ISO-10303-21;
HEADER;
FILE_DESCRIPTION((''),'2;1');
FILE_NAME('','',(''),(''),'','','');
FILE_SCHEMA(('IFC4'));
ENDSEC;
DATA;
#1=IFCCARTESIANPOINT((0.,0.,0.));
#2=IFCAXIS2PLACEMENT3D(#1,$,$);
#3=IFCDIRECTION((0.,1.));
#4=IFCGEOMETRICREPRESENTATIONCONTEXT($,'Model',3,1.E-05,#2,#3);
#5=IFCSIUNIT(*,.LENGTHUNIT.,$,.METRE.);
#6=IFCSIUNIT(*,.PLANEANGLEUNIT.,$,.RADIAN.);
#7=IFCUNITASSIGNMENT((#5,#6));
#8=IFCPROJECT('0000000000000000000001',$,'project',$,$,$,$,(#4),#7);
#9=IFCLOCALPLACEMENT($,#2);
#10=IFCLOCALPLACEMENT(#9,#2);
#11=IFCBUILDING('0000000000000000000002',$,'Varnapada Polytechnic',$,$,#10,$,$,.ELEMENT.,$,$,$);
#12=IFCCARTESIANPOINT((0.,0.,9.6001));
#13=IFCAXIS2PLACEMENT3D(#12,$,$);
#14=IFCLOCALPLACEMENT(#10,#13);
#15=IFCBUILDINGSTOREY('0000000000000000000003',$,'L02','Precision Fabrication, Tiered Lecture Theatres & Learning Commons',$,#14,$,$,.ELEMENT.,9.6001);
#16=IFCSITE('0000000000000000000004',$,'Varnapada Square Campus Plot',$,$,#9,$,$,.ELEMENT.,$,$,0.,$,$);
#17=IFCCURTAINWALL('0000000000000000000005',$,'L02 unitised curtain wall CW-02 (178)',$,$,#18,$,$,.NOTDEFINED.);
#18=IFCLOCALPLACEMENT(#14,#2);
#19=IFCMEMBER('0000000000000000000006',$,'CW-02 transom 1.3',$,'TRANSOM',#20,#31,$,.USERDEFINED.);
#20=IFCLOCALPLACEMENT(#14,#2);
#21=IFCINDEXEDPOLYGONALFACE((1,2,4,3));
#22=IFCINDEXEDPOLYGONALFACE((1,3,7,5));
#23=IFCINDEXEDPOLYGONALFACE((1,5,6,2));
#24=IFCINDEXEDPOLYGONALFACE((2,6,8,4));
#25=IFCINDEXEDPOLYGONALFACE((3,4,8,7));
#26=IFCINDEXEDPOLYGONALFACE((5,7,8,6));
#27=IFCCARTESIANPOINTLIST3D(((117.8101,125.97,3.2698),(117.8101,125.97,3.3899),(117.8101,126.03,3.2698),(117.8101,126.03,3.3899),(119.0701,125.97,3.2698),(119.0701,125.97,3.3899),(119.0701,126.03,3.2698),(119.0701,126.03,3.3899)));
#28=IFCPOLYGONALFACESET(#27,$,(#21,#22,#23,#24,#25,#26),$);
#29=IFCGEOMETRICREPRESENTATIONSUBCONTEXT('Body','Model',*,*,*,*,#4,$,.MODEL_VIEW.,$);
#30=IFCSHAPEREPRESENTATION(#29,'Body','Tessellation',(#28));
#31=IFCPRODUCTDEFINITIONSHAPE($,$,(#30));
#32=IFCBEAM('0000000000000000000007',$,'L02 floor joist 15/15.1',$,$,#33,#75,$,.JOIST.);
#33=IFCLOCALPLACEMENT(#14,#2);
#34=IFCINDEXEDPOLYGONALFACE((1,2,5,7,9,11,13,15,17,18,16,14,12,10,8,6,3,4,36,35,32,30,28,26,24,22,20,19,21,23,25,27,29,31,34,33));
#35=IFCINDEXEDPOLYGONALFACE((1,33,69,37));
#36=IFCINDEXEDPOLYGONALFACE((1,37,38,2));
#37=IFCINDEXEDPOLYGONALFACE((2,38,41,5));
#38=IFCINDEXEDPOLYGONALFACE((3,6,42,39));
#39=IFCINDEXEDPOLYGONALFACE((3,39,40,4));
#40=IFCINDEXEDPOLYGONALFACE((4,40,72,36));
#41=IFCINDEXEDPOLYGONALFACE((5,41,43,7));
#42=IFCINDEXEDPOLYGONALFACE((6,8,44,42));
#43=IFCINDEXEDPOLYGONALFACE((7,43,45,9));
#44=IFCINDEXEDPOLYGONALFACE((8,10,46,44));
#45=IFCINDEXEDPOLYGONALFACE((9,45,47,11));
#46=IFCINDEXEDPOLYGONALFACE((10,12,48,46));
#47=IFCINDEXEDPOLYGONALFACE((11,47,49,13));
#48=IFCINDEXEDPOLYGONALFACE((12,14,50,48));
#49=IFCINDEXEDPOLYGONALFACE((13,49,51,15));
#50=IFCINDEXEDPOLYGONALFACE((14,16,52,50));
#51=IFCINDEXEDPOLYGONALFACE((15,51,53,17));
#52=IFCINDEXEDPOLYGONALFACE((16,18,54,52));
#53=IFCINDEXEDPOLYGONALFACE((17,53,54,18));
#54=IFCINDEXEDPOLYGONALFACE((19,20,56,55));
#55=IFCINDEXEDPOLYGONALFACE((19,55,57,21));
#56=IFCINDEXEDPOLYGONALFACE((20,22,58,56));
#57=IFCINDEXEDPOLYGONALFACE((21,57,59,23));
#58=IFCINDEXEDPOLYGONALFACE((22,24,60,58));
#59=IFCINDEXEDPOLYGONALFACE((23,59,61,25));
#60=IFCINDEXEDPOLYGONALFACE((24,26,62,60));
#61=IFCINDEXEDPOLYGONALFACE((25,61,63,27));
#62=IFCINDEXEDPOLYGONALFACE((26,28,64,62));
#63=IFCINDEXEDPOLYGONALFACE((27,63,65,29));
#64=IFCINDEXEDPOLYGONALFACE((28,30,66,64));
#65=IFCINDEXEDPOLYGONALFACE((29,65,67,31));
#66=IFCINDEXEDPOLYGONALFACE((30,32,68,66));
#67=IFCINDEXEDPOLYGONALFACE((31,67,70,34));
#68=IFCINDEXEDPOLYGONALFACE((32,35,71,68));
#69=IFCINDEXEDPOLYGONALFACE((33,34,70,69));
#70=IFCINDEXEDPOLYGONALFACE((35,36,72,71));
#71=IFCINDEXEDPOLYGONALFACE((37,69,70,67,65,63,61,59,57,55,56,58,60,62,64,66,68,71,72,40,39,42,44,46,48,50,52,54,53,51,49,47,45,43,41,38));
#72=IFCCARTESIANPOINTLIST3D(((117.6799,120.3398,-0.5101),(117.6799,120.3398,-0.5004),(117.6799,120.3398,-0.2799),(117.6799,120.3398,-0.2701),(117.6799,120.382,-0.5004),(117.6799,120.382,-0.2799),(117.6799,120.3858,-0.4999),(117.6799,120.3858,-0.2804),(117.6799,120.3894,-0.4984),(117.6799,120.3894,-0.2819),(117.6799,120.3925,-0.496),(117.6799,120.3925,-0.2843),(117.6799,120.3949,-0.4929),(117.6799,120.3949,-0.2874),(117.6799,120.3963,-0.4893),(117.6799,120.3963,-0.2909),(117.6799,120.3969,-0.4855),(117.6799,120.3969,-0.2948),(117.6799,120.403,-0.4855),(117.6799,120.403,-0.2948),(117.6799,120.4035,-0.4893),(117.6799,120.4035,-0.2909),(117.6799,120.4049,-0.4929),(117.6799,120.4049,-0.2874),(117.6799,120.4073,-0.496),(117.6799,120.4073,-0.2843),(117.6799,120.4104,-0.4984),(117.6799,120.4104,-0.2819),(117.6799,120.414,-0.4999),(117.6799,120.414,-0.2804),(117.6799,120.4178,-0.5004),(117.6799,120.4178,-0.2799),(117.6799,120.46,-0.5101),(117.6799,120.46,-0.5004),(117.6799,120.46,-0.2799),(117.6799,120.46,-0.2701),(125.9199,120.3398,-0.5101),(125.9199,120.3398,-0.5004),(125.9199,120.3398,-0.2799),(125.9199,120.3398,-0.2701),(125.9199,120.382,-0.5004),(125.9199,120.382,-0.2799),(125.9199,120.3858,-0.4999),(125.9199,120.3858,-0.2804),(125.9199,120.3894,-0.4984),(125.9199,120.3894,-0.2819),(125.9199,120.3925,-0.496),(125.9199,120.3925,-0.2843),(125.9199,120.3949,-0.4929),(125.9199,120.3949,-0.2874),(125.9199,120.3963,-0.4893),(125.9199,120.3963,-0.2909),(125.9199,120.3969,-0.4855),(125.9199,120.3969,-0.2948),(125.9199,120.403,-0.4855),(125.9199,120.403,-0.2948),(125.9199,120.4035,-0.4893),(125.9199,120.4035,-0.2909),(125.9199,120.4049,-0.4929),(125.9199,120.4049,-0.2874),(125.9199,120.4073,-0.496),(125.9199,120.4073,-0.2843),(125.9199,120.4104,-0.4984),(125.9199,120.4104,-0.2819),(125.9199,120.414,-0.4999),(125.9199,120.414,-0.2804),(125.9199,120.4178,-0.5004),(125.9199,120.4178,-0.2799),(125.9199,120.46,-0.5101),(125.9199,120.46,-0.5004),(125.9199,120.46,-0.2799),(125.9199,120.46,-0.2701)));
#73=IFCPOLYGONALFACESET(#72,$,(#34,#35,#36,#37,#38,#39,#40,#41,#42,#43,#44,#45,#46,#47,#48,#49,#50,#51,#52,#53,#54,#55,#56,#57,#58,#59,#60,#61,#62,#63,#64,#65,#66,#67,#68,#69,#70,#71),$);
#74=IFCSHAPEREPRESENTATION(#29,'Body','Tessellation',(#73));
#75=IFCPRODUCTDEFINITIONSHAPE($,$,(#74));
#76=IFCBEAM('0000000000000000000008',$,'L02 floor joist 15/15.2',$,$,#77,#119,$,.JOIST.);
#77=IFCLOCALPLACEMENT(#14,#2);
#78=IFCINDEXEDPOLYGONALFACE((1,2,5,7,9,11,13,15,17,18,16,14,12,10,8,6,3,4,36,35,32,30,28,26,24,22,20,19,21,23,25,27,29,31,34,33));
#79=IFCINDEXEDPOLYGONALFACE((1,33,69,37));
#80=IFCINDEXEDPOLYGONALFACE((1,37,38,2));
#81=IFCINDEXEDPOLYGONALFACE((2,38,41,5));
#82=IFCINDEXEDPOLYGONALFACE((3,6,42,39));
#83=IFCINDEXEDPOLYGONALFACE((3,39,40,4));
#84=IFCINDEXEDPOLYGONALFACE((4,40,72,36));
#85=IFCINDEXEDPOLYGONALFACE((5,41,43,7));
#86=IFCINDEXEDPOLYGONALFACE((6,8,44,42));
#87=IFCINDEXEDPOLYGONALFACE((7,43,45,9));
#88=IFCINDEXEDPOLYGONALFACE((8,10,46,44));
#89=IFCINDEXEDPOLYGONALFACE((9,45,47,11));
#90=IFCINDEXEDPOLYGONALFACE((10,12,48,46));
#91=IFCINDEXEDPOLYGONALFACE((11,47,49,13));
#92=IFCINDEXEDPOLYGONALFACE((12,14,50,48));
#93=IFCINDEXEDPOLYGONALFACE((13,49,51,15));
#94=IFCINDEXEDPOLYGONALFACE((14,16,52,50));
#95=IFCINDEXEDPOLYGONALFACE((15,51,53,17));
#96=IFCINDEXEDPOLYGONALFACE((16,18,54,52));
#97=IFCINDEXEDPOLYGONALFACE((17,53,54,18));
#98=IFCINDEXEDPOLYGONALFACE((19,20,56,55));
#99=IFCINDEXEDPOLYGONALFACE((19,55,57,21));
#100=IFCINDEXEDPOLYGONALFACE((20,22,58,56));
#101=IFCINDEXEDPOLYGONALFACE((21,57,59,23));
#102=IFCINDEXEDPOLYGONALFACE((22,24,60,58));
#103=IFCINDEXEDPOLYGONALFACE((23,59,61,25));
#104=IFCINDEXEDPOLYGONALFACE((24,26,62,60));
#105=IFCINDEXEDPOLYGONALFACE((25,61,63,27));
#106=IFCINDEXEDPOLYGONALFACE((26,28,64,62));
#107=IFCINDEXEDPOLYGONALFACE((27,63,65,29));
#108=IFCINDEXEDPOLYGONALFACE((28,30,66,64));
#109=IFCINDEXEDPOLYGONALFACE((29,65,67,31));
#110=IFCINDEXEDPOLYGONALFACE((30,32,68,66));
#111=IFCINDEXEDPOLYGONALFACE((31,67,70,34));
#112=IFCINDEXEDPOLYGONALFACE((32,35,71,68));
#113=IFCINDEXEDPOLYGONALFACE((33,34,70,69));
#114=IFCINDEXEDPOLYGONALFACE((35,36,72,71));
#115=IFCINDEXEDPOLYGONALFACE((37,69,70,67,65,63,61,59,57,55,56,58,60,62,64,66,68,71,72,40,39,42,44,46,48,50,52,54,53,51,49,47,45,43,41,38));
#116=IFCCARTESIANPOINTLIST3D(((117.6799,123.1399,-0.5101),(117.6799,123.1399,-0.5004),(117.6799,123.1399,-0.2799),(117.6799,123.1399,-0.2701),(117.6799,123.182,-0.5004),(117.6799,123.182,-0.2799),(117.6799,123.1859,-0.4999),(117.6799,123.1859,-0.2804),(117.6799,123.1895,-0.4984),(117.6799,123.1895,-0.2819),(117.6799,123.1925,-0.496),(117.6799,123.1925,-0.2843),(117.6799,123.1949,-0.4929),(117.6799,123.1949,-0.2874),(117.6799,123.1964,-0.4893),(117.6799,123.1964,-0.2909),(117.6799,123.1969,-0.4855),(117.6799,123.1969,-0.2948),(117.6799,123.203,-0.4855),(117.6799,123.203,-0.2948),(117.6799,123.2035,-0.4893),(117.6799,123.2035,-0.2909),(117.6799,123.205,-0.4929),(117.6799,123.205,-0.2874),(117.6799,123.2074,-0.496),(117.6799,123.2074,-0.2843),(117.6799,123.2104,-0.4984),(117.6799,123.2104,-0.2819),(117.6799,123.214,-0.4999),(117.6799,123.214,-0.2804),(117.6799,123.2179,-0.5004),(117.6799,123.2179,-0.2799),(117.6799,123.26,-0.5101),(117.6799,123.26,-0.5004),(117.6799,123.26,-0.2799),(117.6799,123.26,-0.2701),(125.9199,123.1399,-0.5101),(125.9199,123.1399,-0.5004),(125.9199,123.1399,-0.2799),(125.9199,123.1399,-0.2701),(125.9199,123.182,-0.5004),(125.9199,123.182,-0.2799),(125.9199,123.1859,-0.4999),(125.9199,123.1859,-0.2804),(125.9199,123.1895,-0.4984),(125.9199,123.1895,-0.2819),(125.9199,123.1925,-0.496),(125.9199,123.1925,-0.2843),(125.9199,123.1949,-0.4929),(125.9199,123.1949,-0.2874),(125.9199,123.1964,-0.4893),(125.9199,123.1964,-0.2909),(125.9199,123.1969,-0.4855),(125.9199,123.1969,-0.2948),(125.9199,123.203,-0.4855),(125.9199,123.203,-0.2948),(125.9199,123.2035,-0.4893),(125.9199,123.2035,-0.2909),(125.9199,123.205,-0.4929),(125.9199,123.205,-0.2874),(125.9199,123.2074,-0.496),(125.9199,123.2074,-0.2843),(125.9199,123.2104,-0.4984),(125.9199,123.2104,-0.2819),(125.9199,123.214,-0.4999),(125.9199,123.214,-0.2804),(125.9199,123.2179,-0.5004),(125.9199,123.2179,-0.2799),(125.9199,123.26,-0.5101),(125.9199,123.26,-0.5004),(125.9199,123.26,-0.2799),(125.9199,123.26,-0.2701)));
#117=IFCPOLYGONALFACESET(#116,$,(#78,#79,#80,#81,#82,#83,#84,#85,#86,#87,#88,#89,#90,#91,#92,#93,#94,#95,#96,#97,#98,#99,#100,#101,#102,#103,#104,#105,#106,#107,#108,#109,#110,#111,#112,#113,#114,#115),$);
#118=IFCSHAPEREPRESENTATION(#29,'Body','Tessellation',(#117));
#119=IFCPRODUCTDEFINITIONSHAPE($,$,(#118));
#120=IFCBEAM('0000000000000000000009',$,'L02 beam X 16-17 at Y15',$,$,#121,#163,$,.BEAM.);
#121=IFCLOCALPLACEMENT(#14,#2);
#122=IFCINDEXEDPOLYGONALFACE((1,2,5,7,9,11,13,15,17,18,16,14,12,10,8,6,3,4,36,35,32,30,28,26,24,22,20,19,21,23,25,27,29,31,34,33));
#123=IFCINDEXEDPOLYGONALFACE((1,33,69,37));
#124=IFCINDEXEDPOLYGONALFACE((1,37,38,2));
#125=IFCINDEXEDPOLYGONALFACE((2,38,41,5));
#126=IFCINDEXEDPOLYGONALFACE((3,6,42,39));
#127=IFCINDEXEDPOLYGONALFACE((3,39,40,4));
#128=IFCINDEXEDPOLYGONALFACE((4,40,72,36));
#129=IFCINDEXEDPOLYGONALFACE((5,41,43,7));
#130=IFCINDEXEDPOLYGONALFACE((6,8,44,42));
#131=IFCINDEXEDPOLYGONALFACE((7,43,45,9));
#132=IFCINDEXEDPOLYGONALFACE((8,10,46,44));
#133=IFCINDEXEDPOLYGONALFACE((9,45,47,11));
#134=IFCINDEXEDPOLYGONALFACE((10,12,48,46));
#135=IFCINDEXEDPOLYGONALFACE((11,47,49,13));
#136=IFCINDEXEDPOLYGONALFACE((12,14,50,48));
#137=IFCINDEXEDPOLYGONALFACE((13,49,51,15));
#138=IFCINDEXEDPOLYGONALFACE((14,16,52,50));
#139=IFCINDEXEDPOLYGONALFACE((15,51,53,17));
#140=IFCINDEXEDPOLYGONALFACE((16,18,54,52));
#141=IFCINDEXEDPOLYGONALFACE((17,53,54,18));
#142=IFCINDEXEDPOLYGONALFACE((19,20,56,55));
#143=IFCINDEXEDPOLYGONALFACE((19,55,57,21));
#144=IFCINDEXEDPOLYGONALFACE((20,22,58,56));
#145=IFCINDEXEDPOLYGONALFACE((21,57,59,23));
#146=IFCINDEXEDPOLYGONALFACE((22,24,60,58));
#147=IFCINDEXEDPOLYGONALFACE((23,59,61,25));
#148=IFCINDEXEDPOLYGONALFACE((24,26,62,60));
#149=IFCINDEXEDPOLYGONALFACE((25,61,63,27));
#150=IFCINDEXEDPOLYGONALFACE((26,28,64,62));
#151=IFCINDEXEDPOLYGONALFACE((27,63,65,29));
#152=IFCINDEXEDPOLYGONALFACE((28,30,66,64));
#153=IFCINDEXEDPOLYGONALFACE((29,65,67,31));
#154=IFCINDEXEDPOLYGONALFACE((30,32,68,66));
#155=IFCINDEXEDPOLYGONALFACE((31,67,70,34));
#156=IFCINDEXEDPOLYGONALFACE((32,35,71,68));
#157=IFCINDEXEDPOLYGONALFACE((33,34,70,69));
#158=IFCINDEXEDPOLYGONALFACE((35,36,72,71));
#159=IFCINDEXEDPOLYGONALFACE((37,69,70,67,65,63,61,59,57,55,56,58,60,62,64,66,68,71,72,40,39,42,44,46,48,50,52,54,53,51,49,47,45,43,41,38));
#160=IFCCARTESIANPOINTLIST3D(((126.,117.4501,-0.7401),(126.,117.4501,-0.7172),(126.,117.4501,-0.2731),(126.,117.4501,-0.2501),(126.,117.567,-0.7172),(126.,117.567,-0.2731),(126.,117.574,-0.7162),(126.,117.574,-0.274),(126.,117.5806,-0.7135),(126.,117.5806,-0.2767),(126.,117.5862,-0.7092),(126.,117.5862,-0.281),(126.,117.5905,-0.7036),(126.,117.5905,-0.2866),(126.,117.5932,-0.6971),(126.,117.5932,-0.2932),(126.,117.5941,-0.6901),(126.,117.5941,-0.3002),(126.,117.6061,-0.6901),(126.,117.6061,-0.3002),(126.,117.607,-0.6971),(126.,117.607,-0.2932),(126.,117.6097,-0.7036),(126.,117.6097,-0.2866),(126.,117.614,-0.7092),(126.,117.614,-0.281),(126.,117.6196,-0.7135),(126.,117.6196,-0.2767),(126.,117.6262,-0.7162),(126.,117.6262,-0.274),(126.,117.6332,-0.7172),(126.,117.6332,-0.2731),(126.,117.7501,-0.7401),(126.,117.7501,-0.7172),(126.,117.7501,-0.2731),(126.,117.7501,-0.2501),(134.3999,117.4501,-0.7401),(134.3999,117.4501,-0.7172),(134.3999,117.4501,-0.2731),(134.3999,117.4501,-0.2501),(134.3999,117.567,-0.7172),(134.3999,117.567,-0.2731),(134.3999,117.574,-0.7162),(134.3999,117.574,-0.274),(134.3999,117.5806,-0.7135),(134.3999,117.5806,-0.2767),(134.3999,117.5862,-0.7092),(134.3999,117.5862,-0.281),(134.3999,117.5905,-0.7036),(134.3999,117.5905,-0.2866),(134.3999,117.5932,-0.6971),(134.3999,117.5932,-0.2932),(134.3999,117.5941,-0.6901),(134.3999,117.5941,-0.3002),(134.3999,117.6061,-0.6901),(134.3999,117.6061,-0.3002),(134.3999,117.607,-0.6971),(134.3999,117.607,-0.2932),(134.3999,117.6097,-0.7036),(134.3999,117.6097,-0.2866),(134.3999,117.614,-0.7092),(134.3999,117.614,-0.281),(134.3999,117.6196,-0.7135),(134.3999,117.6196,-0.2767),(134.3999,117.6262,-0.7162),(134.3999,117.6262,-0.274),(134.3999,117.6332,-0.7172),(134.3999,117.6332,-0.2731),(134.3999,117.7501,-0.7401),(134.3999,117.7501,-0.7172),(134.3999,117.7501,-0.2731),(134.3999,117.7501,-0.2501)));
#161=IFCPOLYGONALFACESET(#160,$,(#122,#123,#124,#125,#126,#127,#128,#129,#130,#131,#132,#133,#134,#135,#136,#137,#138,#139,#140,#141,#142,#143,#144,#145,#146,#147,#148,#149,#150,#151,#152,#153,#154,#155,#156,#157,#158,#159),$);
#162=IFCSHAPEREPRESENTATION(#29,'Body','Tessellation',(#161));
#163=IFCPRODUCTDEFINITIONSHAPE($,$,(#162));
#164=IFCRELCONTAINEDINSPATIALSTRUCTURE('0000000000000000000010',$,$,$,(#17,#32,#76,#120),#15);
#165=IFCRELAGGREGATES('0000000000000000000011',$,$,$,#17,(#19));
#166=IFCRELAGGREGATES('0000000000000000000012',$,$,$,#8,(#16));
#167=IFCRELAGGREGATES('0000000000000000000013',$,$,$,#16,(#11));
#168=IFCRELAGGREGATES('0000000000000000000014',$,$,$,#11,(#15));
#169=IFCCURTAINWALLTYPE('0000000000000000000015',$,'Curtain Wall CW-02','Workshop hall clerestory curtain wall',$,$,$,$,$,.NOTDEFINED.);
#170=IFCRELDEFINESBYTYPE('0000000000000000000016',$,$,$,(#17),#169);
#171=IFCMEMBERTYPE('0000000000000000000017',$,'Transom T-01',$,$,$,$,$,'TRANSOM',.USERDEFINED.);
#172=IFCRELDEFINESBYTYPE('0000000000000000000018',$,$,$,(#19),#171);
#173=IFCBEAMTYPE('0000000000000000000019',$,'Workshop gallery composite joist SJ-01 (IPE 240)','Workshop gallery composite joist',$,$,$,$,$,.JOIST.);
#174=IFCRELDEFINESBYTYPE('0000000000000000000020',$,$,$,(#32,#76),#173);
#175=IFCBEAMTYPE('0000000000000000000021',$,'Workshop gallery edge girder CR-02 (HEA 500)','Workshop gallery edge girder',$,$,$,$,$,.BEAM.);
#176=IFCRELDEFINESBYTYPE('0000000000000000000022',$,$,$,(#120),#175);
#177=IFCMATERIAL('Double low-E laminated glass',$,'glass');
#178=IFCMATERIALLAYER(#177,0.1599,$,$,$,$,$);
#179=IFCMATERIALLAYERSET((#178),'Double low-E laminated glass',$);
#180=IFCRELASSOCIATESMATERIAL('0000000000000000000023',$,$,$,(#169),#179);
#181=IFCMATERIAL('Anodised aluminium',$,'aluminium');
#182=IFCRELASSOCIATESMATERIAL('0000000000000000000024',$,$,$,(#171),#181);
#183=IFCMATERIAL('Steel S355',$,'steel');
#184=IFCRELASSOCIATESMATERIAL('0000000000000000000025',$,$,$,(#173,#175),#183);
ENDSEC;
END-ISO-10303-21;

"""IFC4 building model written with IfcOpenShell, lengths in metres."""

from ifc_helpers import new_model, si_unit, direction, frame, origin, origin_2d, place, context, subcontext, project, spatial, rectangle, i_section, extrude, material, layer, layer_set, material_profile, profile_set, type_object, element, aggregate, save


model = new_model("IFC4")

# Units and contexts
model_context = context("Model", 3, precision=1e-05, world=origin(), true_north=direction((0.0, 1.0)))
body_context = subcontext(model_context, "Body", "Model", "MODEL_VIEW")
ifc_project = project(units=[si_unit("LENGTHUNIT", "METRE"), si_unit("PLANEANGLEUNIT", "RADIAN")], contexts=[model_context])

# Site, building, storey
site_placement = place(None, origin())
site = spatial("IfcSite", under=ifc_project, at=site_placement, Name="Varnapada Square Campus Plot", CompositionType="ELEMENT", RefElevation=0.0)
building_placement = place(site_placement, origin())
building = spatial("IfcBuilding", under=site, at=building_placement, Name="Varnapada Polytechnic", CompositionType="ELEMENT")
storey_placement = place(building_placement, frame((0.0, 0.0, 9.6001)))
storey = spatial("IfcBuildingStorey", under=building, at=storey_placement, Name="L02", Description="Precision Fabrication, Tiered Lecture Theatres & Learning Commons", CompositionType="ELEMENT", Elevation=9.6001)

# Shared definitions
ifc_material_1 = material(Name="Steel S355", Category="steel")

# Curtain wall
ifc_material_2 = material(Name="Double low-E laminated glass", Category="glass")
ifc_layer_1 = layer(ifc_material_2, 0.1599)
ifc_layer_set_1 = layer_set([ifc_layer_1], Name="Double low-E laminated glass")
curtain_wall_type = type_object("IfcCurtainWallType", Name="Curtain Wall CW-02", Description="Workshop hall clerestory curtain wall", PredefinedType="NOTDEFINED", material=ifc_layer_set_1)
curtain_wall_1_placement = place(storey_placement, origin())
curtain_wall_1 = element("IfcCurtainWall", 1, at=curtain_wall_1_placement, inside=storey, type_object=curtain_wall_type, Name="L02 unitised curtain wall CW-02 (178)", PredefinedType="NOTDEFINED")
ifc_material_3 = material(Name="Anodised aluminium", Category="aluminium")

# Member
ifc_material_profile_1 = material_profile(ifc_material_3, rectangle(XDim=0.0601, YDim=0.1201, at=origin_2d()), Name="ALU T60x120")
ifc_profile_set_1 = profile_set([ifc_material_profile_1], Name="Anodised aluminium")
member_type_1 = type_object("IfcMemberType", Name="Transom T-01", ElementType="TRANSOM", PredefinedType="USERDEFINED", material=ifc_profile_set_1)
member_1_placement = place(storey_placement, frame((117.8101, 126.0, 3.3298), z_axis=(1.0, 0.0, 0.0), x_axis=(0.0, 1.0, 0.0)))
member_1 = element("IfcMember", 2, at=member_1_placement, type_object=member_type_1, Name="CW-02 transom 1.3", ObjectType="TRANSOM", PredefinedType="USERDEFINED", context=body_context, shape_type="SweptSolid", body=[
    extrude(rectangle(XDim=0.0601, YDim=0.1201, at=origin_2d()), origin(), (0.0, 0.0, 1.0), 1.26),
])

# Beams
ifc_material_profile_2 = material_profile(ifc_material_1, i_section(OverallWidth=0.1201, OverallDepth=0.24, WebThickness=0.0061, FlangeThickness=0.0098, FilletRadius=0.0149, at=origin_2d()), Name="IPE 240")
ifc_profile_set_2 = profile_set([ifc_material_profile_2], Name="Steel S355")
beam_type_1 = type_object("IfcBeamType", Name="Workshop gallery composite joist SJ-01 (IPE 240)", Description="Workshop gallery composite joist", PredefinedType="JOIST", material=ifc_profile_set_2)
for number, where, z_axis, x_axis, name in (
    (3, (117.6799, 120.3999, -0.3901), (1.0, 0.0, 0.0), (0.0, 1.0, 0.0), "L02 floor joist 15/15.1"),
    (4, (117.6799, 123.2, -0.3901), (1.0, 0.0, 0.0), (0.0, 1.0, 0.0), "L02 floor joist 15/15.2"),
):
    element("IfcBeam", number, at=place(storey_placement, frame(where, z_axis=z_axis, x_axis=x_axis)), inside=storey, type_object=beam_type_1, Name=name, PredefinedType="JOIST", context=body_context, shape_type="SweptSolid", body=[
        extrude(i_section(OverallWidth=0.1201, OverallDepth=0.24, WebThickness=0.0061, FlangeThickness=0.0098, FilletRadius=0.0149, at=origin_2d()), origin(), (0.0, 0.0, 1.0), 8.24),
    ])
ifc_material_profile_3 = material_profile(ifc_material_1, i_section(OverallWidth=0.3, OverallDepth=0.49, WebThickness=0.012, FlangeThickness=0.0229, FilletRadius=0.0271, at=origin_2d()), Name="HEA 500")
ifc_profile_set_3 = profile_set([ifc_material_profile_3], Name="Steel S355")
beam_type_2 = type_object("IfcBeamType", Name="Workshop gallery edge girder CR-02 (HEA 500)", Description="Workshop gallery edge girder", PredefinedType="BEAM", material=ifc_profile_set_3)
beam_1_placement = place(storey_placement, frame((126.0, 117.6001, -0.4951), z_axis=(1.0, 0.0, 0.0), x_axis=(0.0, 1.0, 0.0)))
element("IfcBeam", 5, at=beam_1_placement, inside=storey, type_object=beam_type_2, Name="L02 beam X 16-17 at Y15", PredefinedType="BEAM", context=body_context, shape_type="SweptSolid", body=[
    extrude(i_section(OverallWidth=0.3, OverallDepth=0.49, WebThickness=0.012, FlangeThickness=0.0229, FilletRadius=0.0271, at=origin_2d()), origin(), (0.0, 0.0, 1.0), 8.3999),
])

aggregate(curtain_wall_1, [member_1])

save(model, "model.ifc")
